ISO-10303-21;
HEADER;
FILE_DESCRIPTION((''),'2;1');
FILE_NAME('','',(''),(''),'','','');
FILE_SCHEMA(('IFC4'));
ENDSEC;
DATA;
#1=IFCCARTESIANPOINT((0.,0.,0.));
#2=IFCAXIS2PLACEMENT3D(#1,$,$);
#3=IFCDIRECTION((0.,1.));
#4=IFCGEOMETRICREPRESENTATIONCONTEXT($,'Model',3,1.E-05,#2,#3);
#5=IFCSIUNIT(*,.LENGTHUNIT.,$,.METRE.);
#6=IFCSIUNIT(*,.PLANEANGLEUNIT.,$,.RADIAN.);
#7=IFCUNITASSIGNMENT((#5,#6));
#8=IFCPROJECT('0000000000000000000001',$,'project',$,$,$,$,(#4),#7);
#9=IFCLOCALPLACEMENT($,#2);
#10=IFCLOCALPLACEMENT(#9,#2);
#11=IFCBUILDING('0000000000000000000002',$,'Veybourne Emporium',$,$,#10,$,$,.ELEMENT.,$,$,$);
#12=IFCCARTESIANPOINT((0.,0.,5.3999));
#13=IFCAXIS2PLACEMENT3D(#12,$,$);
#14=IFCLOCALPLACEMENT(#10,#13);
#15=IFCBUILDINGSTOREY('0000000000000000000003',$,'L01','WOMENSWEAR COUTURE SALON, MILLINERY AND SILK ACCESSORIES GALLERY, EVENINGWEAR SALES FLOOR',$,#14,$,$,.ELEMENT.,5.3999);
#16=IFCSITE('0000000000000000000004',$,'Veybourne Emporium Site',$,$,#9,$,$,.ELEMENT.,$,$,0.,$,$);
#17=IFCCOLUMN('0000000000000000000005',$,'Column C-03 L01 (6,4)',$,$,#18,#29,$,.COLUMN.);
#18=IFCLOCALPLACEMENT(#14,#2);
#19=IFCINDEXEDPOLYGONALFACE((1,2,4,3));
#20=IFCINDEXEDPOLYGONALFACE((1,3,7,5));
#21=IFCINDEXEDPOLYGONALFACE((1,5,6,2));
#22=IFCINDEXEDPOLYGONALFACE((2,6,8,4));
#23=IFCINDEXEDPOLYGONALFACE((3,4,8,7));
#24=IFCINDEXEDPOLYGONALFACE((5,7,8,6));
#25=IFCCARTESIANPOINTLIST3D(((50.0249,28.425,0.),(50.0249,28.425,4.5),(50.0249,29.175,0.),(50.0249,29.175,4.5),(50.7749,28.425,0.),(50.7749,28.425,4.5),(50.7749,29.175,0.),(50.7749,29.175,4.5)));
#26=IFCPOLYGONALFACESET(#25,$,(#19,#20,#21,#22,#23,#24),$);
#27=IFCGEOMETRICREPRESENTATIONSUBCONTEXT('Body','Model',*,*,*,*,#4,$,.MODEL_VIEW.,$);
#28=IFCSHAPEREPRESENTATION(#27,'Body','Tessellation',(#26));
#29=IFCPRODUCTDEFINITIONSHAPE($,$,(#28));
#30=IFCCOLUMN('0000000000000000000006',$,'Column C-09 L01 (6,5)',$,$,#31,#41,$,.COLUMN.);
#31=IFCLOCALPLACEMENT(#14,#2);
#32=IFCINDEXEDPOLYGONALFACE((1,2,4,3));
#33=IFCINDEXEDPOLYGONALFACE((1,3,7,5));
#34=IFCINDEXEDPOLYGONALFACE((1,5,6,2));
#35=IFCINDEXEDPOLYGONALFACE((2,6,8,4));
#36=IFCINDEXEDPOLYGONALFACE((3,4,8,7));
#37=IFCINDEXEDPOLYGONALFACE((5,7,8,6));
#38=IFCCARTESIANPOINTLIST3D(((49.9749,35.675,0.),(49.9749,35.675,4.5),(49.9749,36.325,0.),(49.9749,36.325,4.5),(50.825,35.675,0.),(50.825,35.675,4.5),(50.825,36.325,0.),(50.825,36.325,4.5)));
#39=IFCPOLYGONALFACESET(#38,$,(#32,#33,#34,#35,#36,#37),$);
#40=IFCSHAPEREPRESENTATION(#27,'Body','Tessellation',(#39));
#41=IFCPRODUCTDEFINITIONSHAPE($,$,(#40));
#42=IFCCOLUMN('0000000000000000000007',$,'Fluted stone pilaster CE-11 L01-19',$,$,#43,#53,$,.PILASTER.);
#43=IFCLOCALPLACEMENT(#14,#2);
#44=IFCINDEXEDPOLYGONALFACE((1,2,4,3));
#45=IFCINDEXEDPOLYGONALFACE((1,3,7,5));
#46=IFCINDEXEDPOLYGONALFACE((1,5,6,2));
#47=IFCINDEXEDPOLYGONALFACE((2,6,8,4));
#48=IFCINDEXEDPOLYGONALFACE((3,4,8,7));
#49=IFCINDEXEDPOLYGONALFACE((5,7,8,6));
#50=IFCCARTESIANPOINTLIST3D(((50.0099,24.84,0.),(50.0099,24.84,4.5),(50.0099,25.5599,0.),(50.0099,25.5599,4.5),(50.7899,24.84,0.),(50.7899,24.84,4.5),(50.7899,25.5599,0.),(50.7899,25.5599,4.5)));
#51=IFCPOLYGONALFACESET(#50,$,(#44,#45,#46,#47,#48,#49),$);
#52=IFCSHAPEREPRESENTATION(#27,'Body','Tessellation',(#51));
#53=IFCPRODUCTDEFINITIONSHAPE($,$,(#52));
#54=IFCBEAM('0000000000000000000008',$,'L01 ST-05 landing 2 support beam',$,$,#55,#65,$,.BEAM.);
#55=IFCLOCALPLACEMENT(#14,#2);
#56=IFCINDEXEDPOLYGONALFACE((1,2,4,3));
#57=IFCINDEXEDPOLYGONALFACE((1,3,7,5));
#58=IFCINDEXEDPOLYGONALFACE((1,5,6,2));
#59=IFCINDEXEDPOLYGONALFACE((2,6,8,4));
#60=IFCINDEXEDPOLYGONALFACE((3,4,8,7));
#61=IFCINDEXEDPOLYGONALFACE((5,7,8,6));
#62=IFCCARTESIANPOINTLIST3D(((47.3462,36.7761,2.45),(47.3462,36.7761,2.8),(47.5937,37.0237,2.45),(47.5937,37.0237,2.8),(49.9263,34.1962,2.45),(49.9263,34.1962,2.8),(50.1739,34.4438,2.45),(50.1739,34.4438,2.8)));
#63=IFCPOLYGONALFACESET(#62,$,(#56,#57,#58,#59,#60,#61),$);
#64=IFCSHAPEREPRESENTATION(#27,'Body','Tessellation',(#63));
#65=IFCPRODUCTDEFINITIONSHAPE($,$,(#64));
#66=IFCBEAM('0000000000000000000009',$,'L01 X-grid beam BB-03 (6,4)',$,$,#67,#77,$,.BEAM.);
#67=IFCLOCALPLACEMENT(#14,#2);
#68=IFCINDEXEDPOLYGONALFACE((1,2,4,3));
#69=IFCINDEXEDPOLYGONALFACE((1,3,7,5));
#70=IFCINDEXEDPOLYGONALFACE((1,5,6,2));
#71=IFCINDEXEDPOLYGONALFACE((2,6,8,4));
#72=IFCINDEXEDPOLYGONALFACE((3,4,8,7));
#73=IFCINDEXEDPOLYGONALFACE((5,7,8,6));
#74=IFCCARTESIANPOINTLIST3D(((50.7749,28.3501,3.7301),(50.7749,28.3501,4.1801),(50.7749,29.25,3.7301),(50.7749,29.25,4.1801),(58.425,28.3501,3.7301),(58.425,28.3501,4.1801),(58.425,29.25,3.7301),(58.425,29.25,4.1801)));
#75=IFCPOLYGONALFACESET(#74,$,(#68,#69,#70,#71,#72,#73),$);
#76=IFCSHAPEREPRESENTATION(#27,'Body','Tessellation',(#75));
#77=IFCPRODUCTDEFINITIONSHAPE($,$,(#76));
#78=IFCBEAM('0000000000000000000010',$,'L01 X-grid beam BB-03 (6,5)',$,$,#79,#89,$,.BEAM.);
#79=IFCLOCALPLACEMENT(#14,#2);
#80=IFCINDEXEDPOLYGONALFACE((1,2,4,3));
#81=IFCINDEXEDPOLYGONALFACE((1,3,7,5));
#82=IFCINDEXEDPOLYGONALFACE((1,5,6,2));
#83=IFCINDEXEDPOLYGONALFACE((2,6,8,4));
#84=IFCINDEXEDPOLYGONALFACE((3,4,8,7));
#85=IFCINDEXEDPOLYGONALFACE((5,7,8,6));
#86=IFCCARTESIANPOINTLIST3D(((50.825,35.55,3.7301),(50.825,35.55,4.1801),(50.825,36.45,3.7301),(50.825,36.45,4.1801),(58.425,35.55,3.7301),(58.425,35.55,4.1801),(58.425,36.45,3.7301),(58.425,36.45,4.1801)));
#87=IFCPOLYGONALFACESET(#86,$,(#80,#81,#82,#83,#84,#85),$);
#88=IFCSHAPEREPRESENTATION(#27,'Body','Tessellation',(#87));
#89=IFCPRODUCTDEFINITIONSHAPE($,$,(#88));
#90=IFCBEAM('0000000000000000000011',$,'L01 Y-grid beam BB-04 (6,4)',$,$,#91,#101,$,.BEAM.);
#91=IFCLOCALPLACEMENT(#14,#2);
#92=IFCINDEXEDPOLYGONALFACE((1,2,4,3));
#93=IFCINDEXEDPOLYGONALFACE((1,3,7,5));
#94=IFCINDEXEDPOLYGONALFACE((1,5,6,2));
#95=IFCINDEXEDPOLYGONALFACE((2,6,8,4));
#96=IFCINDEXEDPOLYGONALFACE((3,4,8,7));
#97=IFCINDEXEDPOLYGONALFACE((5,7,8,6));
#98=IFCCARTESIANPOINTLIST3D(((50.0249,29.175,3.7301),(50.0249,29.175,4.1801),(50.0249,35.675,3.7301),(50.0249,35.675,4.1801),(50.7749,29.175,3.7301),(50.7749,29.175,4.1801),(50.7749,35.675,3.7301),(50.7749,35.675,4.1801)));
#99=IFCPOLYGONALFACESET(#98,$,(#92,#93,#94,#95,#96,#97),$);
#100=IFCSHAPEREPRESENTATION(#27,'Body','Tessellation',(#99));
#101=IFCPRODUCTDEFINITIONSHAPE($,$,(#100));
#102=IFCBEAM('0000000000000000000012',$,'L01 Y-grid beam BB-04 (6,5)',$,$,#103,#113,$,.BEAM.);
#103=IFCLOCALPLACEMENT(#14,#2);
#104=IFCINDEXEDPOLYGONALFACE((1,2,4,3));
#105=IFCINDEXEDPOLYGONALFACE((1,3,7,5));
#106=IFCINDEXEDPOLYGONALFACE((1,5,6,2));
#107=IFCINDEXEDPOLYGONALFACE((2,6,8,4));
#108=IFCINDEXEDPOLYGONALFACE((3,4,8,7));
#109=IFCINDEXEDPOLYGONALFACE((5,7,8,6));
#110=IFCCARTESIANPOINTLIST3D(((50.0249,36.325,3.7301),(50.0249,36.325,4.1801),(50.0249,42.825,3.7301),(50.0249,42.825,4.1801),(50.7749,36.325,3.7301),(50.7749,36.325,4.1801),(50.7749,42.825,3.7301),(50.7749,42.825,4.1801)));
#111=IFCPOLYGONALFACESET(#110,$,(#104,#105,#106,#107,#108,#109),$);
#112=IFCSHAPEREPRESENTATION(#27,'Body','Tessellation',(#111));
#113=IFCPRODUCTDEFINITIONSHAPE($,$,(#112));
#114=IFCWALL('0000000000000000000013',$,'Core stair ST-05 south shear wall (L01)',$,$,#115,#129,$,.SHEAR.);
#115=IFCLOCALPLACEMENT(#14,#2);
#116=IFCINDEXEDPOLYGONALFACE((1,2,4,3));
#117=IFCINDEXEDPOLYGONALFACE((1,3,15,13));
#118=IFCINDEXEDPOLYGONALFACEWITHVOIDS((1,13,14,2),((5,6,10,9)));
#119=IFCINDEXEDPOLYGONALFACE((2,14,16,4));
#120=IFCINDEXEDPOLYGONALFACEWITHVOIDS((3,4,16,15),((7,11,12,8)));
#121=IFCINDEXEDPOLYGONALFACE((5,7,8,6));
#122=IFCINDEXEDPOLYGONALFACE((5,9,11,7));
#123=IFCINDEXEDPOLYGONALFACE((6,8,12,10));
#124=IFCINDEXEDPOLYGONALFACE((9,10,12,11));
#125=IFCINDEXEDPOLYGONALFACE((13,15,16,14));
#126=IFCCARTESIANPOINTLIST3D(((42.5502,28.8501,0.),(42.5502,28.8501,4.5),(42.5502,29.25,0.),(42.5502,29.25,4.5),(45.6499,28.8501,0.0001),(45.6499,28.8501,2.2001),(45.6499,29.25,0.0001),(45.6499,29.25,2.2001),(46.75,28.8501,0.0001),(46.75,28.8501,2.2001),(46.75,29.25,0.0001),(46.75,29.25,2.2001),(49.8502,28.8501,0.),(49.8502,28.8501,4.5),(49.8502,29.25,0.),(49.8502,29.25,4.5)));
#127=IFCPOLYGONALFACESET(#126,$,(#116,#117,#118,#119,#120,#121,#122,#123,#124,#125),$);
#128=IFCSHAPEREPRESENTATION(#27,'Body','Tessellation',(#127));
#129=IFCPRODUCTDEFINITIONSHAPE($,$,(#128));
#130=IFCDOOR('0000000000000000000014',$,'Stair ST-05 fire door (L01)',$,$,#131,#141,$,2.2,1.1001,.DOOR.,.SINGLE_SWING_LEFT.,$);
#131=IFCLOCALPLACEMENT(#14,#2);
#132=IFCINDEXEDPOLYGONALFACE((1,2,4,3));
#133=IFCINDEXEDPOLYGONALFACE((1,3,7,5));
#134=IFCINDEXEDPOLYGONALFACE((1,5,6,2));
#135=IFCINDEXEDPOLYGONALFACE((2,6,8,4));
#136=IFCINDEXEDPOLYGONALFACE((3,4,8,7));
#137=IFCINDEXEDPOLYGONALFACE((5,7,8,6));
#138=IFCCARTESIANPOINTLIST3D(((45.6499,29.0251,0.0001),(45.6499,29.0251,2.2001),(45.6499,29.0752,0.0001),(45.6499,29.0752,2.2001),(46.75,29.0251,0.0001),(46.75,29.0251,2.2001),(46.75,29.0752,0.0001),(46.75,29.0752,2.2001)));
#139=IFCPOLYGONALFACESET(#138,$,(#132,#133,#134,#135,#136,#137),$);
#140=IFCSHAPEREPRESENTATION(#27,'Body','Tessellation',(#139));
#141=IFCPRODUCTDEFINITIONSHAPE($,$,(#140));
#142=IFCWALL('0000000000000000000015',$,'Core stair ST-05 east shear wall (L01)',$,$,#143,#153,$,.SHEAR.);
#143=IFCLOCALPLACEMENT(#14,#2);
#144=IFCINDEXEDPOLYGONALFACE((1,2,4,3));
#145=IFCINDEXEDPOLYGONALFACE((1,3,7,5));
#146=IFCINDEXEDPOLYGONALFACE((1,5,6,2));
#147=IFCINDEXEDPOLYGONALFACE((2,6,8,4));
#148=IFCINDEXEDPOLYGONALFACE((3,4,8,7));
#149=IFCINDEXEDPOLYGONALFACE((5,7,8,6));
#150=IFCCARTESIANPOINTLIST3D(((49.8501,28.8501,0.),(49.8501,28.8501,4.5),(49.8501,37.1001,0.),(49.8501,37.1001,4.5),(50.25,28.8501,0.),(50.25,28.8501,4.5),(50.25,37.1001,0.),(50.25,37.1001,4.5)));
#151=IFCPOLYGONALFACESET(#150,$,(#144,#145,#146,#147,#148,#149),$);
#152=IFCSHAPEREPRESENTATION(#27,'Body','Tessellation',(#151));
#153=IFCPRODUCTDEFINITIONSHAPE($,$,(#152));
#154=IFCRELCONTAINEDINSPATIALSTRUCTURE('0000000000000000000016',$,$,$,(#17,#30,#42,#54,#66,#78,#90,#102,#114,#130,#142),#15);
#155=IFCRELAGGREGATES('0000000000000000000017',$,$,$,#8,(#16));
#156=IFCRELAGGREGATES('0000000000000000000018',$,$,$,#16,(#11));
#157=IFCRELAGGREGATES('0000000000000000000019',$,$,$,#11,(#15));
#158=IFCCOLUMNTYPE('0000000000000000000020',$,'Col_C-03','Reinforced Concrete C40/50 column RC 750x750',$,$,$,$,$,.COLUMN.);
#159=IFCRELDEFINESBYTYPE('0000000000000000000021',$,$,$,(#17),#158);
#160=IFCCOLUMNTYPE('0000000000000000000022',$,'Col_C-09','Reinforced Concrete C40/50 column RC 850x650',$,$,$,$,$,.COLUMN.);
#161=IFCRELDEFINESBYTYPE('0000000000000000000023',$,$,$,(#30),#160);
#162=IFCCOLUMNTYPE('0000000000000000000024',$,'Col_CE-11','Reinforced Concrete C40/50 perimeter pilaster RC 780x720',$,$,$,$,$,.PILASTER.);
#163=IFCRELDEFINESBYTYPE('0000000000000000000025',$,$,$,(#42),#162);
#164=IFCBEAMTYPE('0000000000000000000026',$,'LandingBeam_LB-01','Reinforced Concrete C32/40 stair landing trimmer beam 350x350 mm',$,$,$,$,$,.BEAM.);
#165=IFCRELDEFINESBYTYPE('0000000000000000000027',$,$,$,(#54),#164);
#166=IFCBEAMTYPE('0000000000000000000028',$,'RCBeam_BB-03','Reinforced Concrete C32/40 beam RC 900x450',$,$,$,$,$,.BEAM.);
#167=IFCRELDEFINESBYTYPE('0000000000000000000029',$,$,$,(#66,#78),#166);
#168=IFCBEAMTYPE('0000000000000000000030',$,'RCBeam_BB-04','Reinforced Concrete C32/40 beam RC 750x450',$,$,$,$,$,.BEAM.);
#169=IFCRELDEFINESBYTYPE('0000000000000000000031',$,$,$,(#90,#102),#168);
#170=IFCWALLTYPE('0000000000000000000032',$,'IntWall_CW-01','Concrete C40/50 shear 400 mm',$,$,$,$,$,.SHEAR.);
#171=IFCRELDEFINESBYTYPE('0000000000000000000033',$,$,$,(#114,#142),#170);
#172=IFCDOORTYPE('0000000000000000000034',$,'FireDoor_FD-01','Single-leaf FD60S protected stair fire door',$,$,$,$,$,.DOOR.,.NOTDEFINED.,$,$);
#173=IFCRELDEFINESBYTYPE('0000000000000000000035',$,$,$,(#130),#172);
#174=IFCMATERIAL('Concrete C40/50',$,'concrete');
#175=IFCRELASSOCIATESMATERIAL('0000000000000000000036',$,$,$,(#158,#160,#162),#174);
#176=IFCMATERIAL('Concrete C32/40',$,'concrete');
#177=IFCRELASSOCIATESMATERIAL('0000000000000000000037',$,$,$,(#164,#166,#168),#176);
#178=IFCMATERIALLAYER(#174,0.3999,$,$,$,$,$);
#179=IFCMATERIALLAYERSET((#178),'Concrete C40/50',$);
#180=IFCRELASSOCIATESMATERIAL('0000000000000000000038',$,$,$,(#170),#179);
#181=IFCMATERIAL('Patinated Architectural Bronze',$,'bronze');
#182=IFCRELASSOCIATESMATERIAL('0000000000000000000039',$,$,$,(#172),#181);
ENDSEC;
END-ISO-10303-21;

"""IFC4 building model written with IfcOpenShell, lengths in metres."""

from ifc_helpers import new_model, si_unit, direction, frame, frame_2d, origin, origin_2d, place, context, subcontext, project, spatial, rectangle, extrude, material, layer, layer_set, material_profile, profile_set, type_object, element, fill, save


model = new_model("IFC4")

# Units and contexts
model_context = context("Model", 3, precision=1e-05, world=origin(), true_north=direction((0.0, 1.0)))
body_context = subcontext(model_context, "Body", "Model", "MODEL_VIEW")
ifc_project = project(units=[si_unit("LENGTHUNIT", "METRE"), si_unit("PLANEANGLEUNIT", "RADIAN")], contexts=[model_context])

# Site, building, storey
site_placement = place(None, origin())
site = spatial("IfcSite", under=ifc_project, at=site_placement, Name="Veybourne Emporium Site", CompositionType="ELEMENT", RefElevation=0.0)
building_placement = place(site_placement, origin())
building = spatial("IfcBuilding", under=site, at=building_placement, Name="Veybourne Emporium", CompositionType="ELEMENT")
storey_placement = place(building_placement, frame((0.0, 0.0, 5.3999)))
storey = spatial("IfcBuildingStorey", under=building, at=storey_placement, Name="L01", Description="WOMENSWEAR COUTURE SALON, MILLINERY AND SILK ACCESSORIES GALLERY, EVENINGWEAR SALES FLOOR", CompositionType="ELEMENT", Elevation=5.3999)

# Columns
ifc_material_1 = material(Name="Concrete C40/50", Category="concrete")
ifc_material_profile_1 = material_profile(ifc_material_1, rectangle(XDim=0.75, YDim=0.75, at=origin_2d()), Name="RC 750x750")
ifc_profile_set_1 = profile_set([ifc_material_profile_1], Name="Concrete C40/50")
column_type_1 = type_object("IfcColumnType", Name="Col_C-03", Description="Reinforced Concrete C40/50 column RC 750x750", PredefinedType="COLUMN", material=ifc_profile_set_1)
column_1_placement = place(storey_placement, frame((50.3999, 28.8, 0.0), z_axis=(0.0, 0.0, 1.0), x_axis=(1.0, 0.0, 0.0)))
element("IfcColumn", 1, at=column_1_placement, inside=storey, type_object=column_type_1, Name="Column C-03 L01 (6,4)", PredefinedType="COLUMN", context=body_context, shape_type="SweptSolid", body=[
    extrude(rectangle(XDim=0.75, YDim=0.75, at=origin_2d()), origin(), (0.0, 0.0, 1.0), 4.5),
])
ifc_material_profile_2 = material_profile(ifc_material_1, rectangle(XDim=0.8501, YDim=0.6499, at=origin_2d()), Name="RC 850x650")
ifc_profile_set_2 = profile_set([ifc_material_profile_2], Name="Concrete C40/50")
column_type_2 = type_object("IfcColumnType", Name="Col_C-09", Description="Reinforced Concrete C40/50 column RC 850x650", PredefinedType="COLUMN", material=ifc_profile_set_2)
column_2_placement = place(storey_placement, frame((50.3999, 36.0, 0.0), z_axis=(0.0, 0.0, 1.0), x_axis=(1.0, 0.0, 0.0)))
element("IfcColumn", 2, at=column_2_placement, inside=storey, type_object=column_type_2, Name="Column C-09 L01 (6,5)", PredefinedType="COLUMN", context=body_context, shape_type="SweptSolid", body=[
    extrude(rectangle(XDim=0.8501, YDim=0.6499, at=origin_2d()), origin(), (0.0, 0.0, 1.0), 4.5),
])
ifc_material_profile_3 = material_profile(ifc_material_1, rectangle(XDim=0.78, YDim=0.72, at=origin_2d()), Name="RC 780x720")
ifc_profile_set_3 = profile_set([ifc_material_profile_3], Name="Concrete C40/50")
column_type_3 = type_object("IfcColumnType", Name="Col_CE-11", Description="Reinforced Concrete C40/50 perimeter pilaster RC 780x720", PredefinedType="PILASTER", material=ifc_profile_set_3)
column_3_placement = place(storey_placement, frame((50.3999, 25.2, 0.0), z_axis=(0.0, 0.0, 1.0), x_axis=(1.0, 0.0, 0.0)))
element("IfcColumn", 3, at=column_3_placement, inside=storey, type_object=column_type_3, Name="Fluted stone pilaster CE-11 L01-19", PredefinedType="PILASTER", context=body_context, shape_type="SweptSolid", body=[
    extrude(rectangle(XDim=0.78, YDim=0.72, at=origin_2d()), origin(), (0.0, 0.0, 1.0), 4.5),
])

# Beams
ifc_material_2 = material(Name="Concrete C32/40", Category="concrete")
ifc_material_profile_4 = material_profile(ifc_material_2, rectangle(XDim=0.3501, YDim=0.3501, at=origin_2d()), Name="RC 350x350")
ifc_profile_set_4 = profile_set([ifc_material_profile_4], Name="Concrete C32/40")
beam_type_1 = type_object("IfcBeamType", Name="LandingBeam_LB-01", Description="Reinforced Concrete C32/40 stair landing trimmer beam 350x350 mm", PredefinedType="BEAM", material=ifc_profile_set_4)
beam_1_placement = place(storey_placement, frame((47.47, 36.8999, 2.625), z_axis=(0.70714, -0.707073, 0.0), x_axis=(0.707073, 0.70714, 0.0)))
element("IfcBeam", 4, at=beam_1_placement, inside=storey, type_object=beam_type_1, Name="L01 ST-05 landing 2 support beam", PredefinedType="BEAM", context=body_context, shape_type="SweptSolid", body=[
    extrude(rectangle(XDim=0.3501, YDim=0.3501, at=origin_2d()), origin(), (0.0, 0.0, 1.0), 3.6487),
])
ifc_material_profile_5 = material_profile(ifc_material_2, rectangle(XDim=0.8999, YDim=0.45, at=origin_2d()), Name="RC 900x450")
ifc_profile_set_5 = profile_set([ifc_material_profile_5], Name="Concrete C32/40")
beam_type_2 = type_object("IfcBeamType", Name="RCBeam_BB-03", Description="Reinforced Concrete C32/40 beam RC 900x450", PredefinedType="BEAM", material=ifc_profile_set_5)
beam_2_placement = place(storey_placement, frame((50.7749, 28.8, 3.9551), z_axis=(1.0, 0.0, 0.0), x_axis=(0.0, 1.0, 0.0)))
element("IfcBeam", 5, at=beam_2_placement, inside=storey, type_object=beam_type_2, Name="L01 X-grid beam BB-03 (6,4)", PredefinedType="BEAM", context=body_context, shape_type="SweptSolid", body=[
    extrude(rectangle(XDim=0.8999, YDim=0.45, at=origin_2d()), origin(), (0.0, 0.0, 1.0), 7.6501),
])
beam_3_placement = place(storey_placement, frame((50.825, 36.0, 3.9551), z_axis=(1.0, 0.0, 0.0), x_axis=(0.0, 1.0, 0.0)))
element("IfcBeam", 6, at=beam_3_placement, inside=storey, type_object=beam_type_2, Name="L01 X-grid beam BB-03 (6,5)", PredefinedType="BEAM", context=body_context, shape_type="SweptSolid", body=[
    extrude(rectangle(XDim=0.8999, YDim=0.45, at=origin_2d()), origin(), (0.0, 0.0, 1.0), 7.6001),
])
ifc_material_profile_6 = material_profile(ifc_material_2, rectangle(XDim=0.75, YDim=0.45, at=origin_2d()), Name="RC 750x450")
ifc_profile_set_6 = profile_set([ifc_material_profile_6], Name="Concrete C32/40")
beam_type_3 = type_object("IfcBeamType", Name="RCBeam_BB-04", Description="Reinforced Concrete C32/40 beam RC 750x450", PredefinedType="BEAM", material=ifc_profile_set_6)
for number, where, z_axis, x_axis, name in (
    (7, (50.3999, 29.175, 3.9551), (0.0, 1.0, 0.0), (-1.0, 0.0, 0.0), "L01 Y-grid beam BB-04 (6,4)"),
    (8, (50.3999, 36.325, 3.9551), (0.0, 1.0, 0.0), (-1.0, 0.0, 0.0), "L01 Y-grid beam BB-04 (6,5)"),
):
    element("IfcBeam", number, at=place(storey_placement, frame(where, z_axis=z_axis, x_axis=x_axis)), inside=storey, type_object=beam_type_3, Name=name, PredefinedType="BEAM", context=body_context, shape_type="SweptSolid", body=[
        extrude(rectangle(XDim=0.75, YDim=0.45, at=origin_2d()), origin(), (0.0, 0.0, 1.0), 6.5),
    ])

# Wall, opening, door
ifc_layer_1 = layer(ifc_material_1, 0.3999)
ifc_layer_set_1 = layer_set([ifc_layer_1], Name="Concrete C40/50")
wall_type_1 = type_object("IfcWallType", Name="IntWall_CW-01", Description="Concrete C40/50 shear 400 mm", PredefinedType="SHEAR", material=ifc_layer_set_1)
wall_1_placement = place(storey_placement, frame((49.8501, 29.05, 0.0), z_axis=(0.0, 0.0, 1.0), x_axis=(-1.0, 0.0, 0.0)))
wall_1 = element("IfcWall", 9, at=wall_1_placement, inside=storey, type_object=wall_type_1, Name="Core stair ST-05 south shear wall (L01)", PredefinedType="SHEAR", context=body_context, shape_type="SweptSolid", body=[
    extrude(rectangle(XDim=7.3, YDim=0.3999, at=frame_2d((3.6499, 0.0))), origin(), (0.0, 0.0, 1.0), 4.5),
])
opening_1_placement = place(wall_1_placement, frame((3.1001, 0.0, 0.0)))
opening_1 = element("IfcOpeningElement", 10, at=opening_1_placement, cuts=wall_1, PredefinedType="OPENING", context=body_context, shape_type="SweptSolid", body=[
    extrude(rectangle(XDim=1.1001, YDim=2.2, at=frame_2d((0.55, 1.1001))), frame((0.0, 0.22, 0.0), z_axis=(0.0, -1.0, 0.0), x_axis=(1.0, 0.0, 0.0)), (0.0, 0.0, 1.0), 0.4399),
])
ifc_material_3 = material(Name="Patinated Architectural Bronze", Category="bronze")
door_type_1 = type_object("IfcDoorType", Name="FireDoor_FD-01", Description="Single-leaf FD60S protected stair fire door", OperationType="NOTDEFINED", PredefinedType="DOOR", material=ifc_material_3)
door_1_placement = place(opening_1_placement, origin())
door_1 = element("IfcDoor", 11, at=door_1_placement, inside=storey, type_object=door_type_1, Name="Stair ST-05 fire door (L01)", OperationType="SINGLE_SWING_LEFT", OverallHeight=2.2, OverallWidth=1.1001, PredefinedType="DOOR", context=body_context, shape_type="SweptSolid", body=[
    extrude(rectangle(XDim=1.1001, YDim=2.2, at=frame_2d((0.55, 1.1001))), frame((0.0, 0.0249, 0.0), z_axis=(0.0, -1.0, 0.0), x_axis=(1.0, 0.0, 0.0)), (0.0, 0.0, 1.0), 0.05),
])
fill(opening_1, door_1)

# Wall
wall_2_placement = place(storey_placement, frame((50.05, 28.8501, 0.0), z_axis=(0.0, 0.0, 1.0), x_axis=(0.0, 1.0, 0.0)))
element("IfcWall", 12, at=wall_2_placement, inside=storey, type_object=wall_type_1, Name="Core stair ST-05 east shear wall (L01)", PredefinedType="SHEAR", context=body_context, shape_type="SweptSolid", body=[
    extrude(rectangle(XDim=8.25, YDim=0.3999, at=frame_2d((4.125, 0.0))), origin(), (0.0, 0.0, 1.0), 4.5),
])

save(model, "model.ifc")
